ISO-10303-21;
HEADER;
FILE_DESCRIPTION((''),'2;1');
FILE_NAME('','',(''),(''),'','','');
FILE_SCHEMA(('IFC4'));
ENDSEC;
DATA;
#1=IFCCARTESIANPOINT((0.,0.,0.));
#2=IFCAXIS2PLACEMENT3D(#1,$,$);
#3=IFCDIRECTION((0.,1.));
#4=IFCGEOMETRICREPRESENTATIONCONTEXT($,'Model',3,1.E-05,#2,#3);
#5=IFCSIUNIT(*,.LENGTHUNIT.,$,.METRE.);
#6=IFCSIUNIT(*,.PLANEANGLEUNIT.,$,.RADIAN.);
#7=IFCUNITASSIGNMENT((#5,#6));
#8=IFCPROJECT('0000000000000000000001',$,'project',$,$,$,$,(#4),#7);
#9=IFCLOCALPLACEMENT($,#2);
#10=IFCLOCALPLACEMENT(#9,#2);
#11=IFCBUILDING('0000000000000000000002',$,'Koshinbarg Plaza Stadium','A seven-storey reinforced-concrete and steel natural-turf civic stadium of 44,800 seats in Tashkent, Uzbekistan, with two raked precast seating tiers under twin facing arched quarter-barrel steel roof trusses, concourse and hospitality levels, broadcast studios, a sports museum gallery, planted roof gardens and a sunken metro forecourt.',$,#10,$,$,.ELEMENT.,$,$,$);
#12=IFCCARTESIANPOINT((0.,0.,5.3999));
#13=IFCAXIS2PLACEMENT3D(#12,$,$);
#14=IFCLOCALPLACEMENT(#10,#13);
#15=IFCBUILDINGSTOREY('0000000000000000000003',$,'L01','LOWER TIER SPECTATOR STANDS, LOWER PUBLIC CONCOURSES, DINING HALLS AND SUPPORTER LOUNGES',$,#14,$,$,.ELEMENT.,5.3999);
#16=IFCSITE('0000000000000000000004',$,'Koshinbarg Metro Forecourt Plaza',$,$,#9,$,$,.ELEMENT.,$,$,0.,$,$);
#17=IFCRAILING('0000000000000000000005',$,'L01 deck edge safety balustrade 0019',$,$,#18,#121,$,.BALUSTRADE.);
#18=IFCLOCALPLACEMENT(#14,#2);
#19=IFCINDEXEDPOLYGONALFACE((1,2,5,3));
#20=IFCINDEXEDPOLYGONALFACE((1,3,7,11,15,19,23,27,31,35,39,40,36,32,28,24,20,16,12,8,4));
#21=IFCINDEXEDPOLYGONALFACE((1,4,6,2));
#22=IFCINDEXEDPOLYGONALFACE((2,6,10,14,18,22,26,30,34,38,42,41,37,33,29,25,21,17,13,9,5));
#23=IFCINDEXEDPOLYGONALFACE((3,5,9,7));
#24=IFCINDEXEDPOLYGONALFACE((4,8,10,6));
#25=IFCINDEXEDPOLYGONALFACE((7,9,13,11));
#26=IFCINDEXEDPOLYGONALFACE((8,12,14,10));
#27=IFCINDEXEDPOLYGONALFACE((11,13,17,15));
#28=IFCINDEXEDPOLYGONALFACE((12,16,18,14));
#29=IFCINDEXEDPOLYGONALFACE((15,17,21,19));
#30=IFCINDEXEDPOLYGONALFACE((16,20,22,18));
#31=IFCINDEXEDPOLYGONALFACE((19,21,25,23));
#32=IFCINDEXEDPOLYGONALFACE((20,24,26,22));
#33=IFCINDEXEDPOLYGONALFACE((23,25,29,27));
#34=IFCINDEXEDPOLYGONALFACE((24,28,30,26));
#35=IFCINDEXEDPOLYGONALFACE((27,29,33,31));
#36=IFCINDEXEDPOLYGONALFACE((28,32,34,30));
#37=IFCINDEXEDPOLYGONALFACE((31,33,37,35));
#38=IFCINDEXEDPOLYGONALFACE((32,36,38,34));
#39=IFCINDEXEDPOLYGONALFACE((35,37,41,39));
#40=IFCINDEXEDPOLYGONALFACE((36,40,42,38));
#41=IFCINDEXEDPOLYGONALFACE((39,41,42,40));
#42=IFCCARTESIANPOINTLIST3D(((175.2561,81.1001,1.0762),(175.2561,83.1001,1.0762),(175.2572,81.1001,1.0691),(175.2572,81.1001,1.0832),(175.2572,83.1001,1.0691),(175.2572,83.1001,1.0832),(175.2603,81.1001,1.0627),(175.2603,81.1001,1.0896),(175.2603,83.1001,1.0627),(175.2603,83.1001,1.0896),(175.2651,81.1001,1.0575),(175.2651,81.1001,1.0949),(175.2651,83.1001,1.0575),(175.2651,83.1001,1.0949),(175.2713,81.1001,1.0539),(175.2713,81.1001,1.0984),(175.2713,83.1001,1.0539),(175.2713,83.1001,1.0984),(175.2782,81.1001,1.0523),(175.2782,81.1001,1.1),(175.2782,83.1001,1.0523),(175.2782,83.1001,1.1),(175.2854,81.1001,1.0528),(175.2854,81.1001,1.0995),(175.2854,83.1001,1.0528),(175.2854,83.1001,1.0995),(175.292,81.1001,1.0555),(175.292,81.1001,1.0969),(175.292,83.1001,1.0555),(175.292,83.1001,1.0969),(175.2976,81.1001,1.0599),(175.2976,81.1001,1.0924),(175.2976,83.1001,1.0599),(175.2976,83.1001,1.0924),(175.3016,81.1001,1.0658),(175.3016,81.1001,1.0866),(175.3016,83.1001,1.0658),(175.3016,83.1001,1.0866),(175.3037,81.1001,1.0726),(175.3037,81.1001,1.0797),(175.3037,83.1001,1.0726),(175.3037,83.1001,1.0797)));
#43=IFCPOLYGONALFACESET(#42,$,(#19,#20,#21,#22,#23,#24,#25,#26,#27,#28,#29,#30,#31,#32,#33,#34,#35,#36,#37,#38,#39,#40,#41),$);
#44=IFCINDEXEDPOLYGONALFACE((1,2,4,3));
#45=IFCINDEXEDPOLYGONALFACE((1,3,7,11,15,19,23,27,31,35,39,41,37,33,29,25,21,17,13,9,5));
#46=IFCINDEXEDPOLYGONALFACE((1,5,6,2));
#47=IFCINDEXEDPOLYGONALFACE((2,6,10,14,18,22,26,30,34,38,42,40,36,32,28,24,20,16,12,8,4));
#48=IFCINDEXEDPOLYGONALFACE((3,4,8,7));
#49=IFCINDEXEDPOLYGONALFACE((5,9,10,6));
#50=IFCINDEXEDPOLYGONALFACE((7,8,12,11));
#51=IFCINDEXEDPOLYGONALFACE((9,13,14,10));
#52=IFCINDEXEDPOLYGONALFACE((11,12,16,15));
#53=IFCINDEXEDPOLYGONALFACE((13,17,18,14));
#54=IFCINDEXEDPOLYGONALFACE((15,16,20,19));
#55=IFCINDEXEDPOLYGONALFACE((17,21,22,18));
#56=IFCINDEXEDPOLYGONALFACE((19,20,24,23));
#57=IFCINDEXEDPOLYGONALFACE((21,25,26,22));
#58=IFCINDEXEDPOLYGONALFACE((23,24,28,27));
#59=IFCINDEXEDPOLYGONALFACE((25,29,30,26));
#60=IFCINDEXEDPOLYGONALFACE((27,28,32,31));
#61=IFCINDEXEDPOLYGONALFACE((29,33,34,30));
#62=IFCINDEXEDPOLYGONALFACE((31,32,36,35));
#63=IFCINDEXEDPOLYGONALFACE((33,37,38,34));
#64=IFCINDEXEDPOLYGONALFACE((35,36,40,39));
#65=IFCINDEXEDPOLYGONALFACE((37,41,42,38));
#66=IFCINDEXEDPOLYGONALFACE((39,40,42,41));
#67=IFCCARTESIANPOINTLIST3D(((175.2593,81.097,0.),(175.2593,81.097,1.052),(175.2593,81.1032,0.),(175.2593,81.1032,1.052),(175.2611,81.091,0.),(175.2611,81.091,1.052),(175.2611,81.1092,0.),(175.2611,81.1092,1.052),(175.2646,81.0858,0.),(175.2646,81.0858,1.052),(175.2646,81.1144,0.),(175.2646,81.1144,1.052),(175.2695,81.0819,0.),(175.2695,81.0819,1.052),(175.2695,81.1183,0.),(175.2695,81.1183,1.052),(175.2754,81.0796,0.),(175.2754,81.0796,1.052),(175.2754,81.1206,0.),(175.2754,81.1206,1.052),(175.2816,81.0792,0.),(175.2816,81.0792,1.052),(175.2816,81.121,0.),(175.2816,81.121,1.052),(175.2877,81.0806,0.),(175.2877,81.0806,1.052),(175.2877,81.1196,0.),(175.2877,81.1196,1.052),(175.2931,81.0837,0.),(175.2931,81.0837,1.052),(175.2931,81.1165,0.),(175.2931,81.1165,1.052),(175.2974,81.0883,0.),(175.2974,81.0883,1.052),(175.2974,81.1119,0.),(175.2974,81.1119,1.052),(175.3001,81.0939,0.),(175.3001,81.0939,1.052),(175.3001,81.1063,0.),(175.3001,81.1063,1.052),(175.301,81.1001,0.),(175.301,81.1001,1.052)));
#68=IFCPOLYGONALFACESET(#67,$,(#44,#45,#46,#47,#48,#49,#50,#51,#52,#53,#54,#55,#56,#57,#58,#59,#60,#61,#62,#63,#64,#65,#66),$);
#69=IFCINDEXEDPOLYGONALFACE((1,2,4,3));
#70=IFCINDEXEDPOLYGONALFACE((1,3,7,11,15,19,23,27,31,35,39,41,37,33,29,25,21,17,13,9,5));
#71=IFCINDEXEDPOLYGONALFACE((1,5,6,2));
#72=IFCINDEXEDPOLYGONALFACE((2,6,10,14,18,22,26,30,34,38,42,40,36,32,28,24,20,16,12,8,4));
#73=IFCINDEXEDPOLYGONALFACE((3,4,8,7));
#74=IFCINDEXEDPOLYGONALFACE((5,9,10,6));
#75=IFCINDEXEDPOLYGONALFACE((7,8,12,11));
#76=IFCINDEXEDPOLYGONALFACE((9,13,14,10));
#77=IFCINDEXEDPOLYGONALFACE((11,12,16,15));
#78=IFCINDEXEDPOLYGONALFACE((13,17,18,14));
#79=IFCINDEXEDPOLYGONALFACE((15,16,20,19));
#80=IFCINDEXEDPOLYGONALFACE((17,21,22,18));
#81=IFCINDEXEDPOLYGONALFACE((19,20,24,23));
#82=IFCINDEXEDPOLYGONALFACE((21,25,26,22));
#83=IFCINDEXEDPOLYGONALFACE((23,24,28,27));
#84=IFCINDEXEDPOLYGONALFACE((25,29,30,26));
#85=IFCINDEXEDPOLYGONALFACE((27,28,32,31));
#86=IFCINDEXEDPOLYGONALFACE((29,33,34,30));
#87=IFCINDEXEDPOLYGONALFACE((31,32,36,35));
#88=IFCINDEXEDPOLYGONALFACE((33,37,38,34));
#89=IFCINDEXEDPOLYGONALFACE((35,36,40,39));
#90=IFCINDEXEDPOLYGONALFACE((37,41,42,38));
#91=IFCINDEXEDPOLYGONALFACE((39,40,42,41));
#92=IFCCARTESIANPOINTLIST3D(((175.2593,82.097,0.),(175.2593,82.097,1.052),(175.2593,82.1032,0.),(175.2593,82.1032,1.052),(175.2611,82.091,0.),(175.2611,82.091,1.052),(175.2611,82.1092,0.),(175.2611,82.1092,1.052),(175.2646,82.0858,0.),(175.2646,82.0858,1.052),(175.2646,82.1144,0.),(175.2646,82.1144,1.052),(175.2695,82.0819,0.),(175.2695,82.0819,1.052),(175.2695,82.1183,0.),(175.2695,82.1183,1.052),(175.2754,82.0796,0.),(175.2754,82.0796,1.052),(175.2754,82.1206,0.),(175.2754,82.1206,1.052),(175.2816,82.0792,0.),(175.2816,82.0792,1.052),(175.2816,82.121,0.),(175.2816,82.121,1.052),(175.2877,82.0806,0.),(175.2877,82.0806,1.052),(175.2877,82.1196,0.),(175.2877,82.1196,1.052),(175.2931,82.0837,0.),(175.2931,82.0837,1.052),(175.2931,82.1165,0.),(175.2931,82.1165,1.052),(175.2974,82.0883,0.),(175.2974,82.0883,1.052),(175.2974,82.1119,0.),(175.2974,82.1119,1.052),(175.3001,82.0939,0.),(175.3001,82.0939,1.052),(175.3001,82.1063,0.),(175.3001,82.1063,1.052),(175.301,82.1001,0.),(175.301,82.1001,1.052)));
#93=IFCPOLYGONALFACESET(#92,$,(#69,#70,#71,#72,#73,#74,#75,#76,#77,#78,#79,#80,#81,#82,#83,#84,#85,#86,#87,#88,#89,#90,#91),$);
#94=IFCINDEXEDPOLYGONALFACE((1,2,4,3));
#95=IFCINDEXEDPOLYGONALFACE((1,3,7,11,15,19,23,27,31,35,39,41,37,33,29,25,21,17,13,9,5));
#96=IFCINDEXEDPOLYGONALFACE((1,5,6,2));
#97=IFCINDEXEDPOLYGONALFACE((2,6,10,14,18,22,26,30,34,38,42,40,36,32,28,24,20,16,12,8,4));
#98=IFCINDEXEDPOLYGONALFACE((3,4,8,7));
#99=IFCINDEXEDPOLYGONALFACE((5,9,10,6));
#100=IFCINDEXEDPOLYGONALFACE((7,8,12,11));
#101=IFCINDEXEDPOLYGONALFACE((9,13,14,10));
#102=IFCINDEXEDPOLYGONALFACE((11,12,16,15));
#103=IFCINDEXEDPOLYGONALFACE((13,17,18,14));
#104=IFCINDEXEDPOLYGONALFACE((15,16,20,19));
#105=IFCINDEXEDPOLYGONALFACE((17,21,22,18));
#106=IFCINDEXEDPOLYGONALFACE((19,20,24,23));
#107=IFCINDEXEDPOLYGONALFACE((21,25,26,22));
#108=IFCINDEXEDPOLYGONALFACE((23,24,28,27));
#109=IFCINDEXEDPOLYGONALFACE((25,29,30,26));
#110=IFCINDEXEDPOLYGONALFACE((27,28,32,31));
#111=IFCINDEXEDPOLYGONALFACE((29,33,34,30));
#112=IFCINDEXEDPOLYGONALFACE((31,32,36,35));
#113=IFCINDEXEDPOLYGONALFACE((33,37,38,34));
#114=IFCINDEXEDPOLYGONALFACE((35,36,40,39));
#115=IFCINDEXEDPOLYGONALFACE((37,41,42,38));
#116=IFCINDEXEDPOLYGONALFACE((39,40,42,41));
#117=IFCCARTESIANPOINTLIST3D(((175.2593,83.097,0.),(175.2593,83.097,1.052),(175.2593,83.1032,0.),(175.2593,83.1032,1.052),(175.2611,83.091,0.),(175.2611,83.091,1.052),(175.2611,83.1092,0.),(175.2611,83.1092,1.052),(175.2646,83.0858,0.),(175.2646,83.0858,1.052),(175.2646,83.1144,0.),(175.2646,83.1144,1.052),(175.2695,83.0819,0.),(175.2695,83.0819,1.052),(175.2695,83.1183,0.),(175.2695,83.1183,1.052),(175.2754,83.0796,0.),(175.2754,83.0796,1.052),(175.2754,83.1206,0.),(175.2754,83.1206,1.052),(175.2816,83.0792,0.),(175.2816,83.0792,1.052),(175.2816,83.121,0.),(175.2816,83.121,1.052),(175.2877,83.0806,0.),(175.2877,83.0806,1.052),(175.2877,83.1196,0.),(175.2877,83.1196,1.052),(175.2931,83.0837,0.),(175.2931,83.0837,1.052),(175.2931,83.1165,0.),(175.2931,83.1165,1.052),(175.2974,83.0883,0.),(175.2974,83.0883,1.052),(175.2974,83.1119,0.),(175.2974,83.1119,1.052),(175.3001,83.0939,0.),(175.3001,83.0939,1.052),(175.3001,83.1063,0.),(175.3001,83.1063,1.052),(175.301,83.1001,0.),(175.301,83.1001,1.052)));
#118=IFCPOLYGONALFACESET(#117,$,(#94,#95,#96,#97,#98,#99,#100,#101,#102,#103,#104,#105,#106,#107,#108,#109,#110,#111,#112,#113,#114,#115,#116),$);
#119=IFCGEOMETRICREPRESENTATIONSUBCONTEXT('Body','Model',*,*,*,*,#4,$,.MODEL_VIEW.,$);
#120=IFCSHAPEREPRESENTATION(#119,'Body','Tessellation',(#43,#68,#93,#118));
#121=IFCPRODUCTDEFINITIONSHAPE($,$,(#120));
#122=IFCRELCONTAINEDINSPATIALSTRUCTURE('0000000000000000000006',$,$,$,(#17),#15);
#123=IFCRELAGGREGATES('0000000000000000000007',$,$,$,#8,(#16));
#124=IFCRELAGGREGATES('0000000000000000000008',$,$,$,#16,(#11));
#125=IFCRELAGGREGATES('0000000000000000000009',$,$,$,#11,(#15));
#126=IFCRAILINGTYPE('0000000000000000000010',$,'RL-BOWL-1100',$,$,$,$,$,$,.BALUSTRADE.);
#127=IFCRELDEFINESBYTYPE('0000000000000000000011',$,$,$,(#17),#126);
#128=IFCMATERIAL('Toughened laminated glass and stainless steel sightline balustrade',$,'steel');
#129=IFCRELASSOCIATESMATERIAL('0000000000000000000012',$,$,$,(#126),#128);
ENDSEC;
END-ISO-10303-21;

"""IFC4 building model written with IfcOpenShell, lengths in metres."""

from ifc_helpers import new_model, si_unit, direction, frame, origin, origin_2d, place, context, subcontext, project, spatial, circle, extrude, material, type_object, element, save


model = new_model("IFC4")

# Units and contexts
model_context = context("Model", 3, precision=1e-05, world=origin(), true_north=direction((0.0, 1.0)))
body_context = subcontext(model_context, "Body", "Model", "MODEL_VIEW")
ifc_project = project(units=[si_unit("LENGTHUNIT", "METRE"), si_unit("PLANEANGLEUNIT", "RADIAN")], contexts=[model_context])

# Site, building, storey
site_placement = place(None, origin())
site = spatial("IfcSite", under=ifc_project, at=site_placement, Name="Koshinbarg Metro Forecourt Plaza", CompositionType="ELEMENT", RefElevation=0.0)
building_placement = place(site_placement, origin())
building = spatial("IfcBuilding", under=site, at=building_placement, Name="Koshinbarg Plaza Stadium", Description="A seven-storey reinforced-concrete and steel natural-turf civic stadium of 44,800 seats in Tashkent, Uzbekistan, with two raked precast seating tiers under twin facing arched quarter-barrel steel roof trusses, concourse and hospitality levels, broadcast studios, a sports museum gallery, planted roof gardens and a sunken metro forecourt.", CompositionType="ELEMENT")
storey_placement = place(building_placement, frame((0.0, 0.0, 5.3999)))
storey = spatial("IfcBuildingStorey", under=building, at=storey_placement, Name="L01", Description="LOWER TIER SPECTATOR STANDS, LOWER PUBLIC CONCOURSES, DINING HALLS AND SUPPORTER LOUNGES", CompositionType="ELEMENT", Elevation=5.3999)

# Railing
ifc_material_1 = material(Name="Toughened laminated glass and stainless steel sightline balustrade", Category="steel")
railing_type_1 = type_object("IfcRailingType", Name="RL-BOWL-1100", PredefinedType="BALUSTRADE", material=ifc_material_1)
railing_1_placement = place(storey_placement, frame((175.28, 81.1001, 0.0)))
element("IfcRailing", 1, at=railing_1_placement, inside=storey, type_object=railing_type_1, Name="L01 deck edge safety balustrade 0019", PredefinedType="BALUSTRADE", context=body_context, shape_type="SweptSolid", body=[
    extrude(circle(Radius=0.0239, at=origin_2d()), frame((0.0, 0.0, 1.0762), z_axis=(0.0, 1.0, 0.0), x_axis=(-1.0, 0.0, 0.0)), (0.0, 0.0, 1.0), 2.0),
    extrude(circle(Radius=0.021, at=origin_2d()), origin(), (0.0, 0.0, 1.0), 1.052),
    extrude(circle(Radius=0.021, at=origin_2d()), frame((0.0, 1.0, 0.0)), (0.0, 0.0, 1.0), 1.052),
    extrude(circle(Radius=0.021, at=origin_2d()), frame((0.0, 2.0, 0.0)), (0.0, 0.0, 1.0), 1.052),
])

save(model, "model.ifc")
